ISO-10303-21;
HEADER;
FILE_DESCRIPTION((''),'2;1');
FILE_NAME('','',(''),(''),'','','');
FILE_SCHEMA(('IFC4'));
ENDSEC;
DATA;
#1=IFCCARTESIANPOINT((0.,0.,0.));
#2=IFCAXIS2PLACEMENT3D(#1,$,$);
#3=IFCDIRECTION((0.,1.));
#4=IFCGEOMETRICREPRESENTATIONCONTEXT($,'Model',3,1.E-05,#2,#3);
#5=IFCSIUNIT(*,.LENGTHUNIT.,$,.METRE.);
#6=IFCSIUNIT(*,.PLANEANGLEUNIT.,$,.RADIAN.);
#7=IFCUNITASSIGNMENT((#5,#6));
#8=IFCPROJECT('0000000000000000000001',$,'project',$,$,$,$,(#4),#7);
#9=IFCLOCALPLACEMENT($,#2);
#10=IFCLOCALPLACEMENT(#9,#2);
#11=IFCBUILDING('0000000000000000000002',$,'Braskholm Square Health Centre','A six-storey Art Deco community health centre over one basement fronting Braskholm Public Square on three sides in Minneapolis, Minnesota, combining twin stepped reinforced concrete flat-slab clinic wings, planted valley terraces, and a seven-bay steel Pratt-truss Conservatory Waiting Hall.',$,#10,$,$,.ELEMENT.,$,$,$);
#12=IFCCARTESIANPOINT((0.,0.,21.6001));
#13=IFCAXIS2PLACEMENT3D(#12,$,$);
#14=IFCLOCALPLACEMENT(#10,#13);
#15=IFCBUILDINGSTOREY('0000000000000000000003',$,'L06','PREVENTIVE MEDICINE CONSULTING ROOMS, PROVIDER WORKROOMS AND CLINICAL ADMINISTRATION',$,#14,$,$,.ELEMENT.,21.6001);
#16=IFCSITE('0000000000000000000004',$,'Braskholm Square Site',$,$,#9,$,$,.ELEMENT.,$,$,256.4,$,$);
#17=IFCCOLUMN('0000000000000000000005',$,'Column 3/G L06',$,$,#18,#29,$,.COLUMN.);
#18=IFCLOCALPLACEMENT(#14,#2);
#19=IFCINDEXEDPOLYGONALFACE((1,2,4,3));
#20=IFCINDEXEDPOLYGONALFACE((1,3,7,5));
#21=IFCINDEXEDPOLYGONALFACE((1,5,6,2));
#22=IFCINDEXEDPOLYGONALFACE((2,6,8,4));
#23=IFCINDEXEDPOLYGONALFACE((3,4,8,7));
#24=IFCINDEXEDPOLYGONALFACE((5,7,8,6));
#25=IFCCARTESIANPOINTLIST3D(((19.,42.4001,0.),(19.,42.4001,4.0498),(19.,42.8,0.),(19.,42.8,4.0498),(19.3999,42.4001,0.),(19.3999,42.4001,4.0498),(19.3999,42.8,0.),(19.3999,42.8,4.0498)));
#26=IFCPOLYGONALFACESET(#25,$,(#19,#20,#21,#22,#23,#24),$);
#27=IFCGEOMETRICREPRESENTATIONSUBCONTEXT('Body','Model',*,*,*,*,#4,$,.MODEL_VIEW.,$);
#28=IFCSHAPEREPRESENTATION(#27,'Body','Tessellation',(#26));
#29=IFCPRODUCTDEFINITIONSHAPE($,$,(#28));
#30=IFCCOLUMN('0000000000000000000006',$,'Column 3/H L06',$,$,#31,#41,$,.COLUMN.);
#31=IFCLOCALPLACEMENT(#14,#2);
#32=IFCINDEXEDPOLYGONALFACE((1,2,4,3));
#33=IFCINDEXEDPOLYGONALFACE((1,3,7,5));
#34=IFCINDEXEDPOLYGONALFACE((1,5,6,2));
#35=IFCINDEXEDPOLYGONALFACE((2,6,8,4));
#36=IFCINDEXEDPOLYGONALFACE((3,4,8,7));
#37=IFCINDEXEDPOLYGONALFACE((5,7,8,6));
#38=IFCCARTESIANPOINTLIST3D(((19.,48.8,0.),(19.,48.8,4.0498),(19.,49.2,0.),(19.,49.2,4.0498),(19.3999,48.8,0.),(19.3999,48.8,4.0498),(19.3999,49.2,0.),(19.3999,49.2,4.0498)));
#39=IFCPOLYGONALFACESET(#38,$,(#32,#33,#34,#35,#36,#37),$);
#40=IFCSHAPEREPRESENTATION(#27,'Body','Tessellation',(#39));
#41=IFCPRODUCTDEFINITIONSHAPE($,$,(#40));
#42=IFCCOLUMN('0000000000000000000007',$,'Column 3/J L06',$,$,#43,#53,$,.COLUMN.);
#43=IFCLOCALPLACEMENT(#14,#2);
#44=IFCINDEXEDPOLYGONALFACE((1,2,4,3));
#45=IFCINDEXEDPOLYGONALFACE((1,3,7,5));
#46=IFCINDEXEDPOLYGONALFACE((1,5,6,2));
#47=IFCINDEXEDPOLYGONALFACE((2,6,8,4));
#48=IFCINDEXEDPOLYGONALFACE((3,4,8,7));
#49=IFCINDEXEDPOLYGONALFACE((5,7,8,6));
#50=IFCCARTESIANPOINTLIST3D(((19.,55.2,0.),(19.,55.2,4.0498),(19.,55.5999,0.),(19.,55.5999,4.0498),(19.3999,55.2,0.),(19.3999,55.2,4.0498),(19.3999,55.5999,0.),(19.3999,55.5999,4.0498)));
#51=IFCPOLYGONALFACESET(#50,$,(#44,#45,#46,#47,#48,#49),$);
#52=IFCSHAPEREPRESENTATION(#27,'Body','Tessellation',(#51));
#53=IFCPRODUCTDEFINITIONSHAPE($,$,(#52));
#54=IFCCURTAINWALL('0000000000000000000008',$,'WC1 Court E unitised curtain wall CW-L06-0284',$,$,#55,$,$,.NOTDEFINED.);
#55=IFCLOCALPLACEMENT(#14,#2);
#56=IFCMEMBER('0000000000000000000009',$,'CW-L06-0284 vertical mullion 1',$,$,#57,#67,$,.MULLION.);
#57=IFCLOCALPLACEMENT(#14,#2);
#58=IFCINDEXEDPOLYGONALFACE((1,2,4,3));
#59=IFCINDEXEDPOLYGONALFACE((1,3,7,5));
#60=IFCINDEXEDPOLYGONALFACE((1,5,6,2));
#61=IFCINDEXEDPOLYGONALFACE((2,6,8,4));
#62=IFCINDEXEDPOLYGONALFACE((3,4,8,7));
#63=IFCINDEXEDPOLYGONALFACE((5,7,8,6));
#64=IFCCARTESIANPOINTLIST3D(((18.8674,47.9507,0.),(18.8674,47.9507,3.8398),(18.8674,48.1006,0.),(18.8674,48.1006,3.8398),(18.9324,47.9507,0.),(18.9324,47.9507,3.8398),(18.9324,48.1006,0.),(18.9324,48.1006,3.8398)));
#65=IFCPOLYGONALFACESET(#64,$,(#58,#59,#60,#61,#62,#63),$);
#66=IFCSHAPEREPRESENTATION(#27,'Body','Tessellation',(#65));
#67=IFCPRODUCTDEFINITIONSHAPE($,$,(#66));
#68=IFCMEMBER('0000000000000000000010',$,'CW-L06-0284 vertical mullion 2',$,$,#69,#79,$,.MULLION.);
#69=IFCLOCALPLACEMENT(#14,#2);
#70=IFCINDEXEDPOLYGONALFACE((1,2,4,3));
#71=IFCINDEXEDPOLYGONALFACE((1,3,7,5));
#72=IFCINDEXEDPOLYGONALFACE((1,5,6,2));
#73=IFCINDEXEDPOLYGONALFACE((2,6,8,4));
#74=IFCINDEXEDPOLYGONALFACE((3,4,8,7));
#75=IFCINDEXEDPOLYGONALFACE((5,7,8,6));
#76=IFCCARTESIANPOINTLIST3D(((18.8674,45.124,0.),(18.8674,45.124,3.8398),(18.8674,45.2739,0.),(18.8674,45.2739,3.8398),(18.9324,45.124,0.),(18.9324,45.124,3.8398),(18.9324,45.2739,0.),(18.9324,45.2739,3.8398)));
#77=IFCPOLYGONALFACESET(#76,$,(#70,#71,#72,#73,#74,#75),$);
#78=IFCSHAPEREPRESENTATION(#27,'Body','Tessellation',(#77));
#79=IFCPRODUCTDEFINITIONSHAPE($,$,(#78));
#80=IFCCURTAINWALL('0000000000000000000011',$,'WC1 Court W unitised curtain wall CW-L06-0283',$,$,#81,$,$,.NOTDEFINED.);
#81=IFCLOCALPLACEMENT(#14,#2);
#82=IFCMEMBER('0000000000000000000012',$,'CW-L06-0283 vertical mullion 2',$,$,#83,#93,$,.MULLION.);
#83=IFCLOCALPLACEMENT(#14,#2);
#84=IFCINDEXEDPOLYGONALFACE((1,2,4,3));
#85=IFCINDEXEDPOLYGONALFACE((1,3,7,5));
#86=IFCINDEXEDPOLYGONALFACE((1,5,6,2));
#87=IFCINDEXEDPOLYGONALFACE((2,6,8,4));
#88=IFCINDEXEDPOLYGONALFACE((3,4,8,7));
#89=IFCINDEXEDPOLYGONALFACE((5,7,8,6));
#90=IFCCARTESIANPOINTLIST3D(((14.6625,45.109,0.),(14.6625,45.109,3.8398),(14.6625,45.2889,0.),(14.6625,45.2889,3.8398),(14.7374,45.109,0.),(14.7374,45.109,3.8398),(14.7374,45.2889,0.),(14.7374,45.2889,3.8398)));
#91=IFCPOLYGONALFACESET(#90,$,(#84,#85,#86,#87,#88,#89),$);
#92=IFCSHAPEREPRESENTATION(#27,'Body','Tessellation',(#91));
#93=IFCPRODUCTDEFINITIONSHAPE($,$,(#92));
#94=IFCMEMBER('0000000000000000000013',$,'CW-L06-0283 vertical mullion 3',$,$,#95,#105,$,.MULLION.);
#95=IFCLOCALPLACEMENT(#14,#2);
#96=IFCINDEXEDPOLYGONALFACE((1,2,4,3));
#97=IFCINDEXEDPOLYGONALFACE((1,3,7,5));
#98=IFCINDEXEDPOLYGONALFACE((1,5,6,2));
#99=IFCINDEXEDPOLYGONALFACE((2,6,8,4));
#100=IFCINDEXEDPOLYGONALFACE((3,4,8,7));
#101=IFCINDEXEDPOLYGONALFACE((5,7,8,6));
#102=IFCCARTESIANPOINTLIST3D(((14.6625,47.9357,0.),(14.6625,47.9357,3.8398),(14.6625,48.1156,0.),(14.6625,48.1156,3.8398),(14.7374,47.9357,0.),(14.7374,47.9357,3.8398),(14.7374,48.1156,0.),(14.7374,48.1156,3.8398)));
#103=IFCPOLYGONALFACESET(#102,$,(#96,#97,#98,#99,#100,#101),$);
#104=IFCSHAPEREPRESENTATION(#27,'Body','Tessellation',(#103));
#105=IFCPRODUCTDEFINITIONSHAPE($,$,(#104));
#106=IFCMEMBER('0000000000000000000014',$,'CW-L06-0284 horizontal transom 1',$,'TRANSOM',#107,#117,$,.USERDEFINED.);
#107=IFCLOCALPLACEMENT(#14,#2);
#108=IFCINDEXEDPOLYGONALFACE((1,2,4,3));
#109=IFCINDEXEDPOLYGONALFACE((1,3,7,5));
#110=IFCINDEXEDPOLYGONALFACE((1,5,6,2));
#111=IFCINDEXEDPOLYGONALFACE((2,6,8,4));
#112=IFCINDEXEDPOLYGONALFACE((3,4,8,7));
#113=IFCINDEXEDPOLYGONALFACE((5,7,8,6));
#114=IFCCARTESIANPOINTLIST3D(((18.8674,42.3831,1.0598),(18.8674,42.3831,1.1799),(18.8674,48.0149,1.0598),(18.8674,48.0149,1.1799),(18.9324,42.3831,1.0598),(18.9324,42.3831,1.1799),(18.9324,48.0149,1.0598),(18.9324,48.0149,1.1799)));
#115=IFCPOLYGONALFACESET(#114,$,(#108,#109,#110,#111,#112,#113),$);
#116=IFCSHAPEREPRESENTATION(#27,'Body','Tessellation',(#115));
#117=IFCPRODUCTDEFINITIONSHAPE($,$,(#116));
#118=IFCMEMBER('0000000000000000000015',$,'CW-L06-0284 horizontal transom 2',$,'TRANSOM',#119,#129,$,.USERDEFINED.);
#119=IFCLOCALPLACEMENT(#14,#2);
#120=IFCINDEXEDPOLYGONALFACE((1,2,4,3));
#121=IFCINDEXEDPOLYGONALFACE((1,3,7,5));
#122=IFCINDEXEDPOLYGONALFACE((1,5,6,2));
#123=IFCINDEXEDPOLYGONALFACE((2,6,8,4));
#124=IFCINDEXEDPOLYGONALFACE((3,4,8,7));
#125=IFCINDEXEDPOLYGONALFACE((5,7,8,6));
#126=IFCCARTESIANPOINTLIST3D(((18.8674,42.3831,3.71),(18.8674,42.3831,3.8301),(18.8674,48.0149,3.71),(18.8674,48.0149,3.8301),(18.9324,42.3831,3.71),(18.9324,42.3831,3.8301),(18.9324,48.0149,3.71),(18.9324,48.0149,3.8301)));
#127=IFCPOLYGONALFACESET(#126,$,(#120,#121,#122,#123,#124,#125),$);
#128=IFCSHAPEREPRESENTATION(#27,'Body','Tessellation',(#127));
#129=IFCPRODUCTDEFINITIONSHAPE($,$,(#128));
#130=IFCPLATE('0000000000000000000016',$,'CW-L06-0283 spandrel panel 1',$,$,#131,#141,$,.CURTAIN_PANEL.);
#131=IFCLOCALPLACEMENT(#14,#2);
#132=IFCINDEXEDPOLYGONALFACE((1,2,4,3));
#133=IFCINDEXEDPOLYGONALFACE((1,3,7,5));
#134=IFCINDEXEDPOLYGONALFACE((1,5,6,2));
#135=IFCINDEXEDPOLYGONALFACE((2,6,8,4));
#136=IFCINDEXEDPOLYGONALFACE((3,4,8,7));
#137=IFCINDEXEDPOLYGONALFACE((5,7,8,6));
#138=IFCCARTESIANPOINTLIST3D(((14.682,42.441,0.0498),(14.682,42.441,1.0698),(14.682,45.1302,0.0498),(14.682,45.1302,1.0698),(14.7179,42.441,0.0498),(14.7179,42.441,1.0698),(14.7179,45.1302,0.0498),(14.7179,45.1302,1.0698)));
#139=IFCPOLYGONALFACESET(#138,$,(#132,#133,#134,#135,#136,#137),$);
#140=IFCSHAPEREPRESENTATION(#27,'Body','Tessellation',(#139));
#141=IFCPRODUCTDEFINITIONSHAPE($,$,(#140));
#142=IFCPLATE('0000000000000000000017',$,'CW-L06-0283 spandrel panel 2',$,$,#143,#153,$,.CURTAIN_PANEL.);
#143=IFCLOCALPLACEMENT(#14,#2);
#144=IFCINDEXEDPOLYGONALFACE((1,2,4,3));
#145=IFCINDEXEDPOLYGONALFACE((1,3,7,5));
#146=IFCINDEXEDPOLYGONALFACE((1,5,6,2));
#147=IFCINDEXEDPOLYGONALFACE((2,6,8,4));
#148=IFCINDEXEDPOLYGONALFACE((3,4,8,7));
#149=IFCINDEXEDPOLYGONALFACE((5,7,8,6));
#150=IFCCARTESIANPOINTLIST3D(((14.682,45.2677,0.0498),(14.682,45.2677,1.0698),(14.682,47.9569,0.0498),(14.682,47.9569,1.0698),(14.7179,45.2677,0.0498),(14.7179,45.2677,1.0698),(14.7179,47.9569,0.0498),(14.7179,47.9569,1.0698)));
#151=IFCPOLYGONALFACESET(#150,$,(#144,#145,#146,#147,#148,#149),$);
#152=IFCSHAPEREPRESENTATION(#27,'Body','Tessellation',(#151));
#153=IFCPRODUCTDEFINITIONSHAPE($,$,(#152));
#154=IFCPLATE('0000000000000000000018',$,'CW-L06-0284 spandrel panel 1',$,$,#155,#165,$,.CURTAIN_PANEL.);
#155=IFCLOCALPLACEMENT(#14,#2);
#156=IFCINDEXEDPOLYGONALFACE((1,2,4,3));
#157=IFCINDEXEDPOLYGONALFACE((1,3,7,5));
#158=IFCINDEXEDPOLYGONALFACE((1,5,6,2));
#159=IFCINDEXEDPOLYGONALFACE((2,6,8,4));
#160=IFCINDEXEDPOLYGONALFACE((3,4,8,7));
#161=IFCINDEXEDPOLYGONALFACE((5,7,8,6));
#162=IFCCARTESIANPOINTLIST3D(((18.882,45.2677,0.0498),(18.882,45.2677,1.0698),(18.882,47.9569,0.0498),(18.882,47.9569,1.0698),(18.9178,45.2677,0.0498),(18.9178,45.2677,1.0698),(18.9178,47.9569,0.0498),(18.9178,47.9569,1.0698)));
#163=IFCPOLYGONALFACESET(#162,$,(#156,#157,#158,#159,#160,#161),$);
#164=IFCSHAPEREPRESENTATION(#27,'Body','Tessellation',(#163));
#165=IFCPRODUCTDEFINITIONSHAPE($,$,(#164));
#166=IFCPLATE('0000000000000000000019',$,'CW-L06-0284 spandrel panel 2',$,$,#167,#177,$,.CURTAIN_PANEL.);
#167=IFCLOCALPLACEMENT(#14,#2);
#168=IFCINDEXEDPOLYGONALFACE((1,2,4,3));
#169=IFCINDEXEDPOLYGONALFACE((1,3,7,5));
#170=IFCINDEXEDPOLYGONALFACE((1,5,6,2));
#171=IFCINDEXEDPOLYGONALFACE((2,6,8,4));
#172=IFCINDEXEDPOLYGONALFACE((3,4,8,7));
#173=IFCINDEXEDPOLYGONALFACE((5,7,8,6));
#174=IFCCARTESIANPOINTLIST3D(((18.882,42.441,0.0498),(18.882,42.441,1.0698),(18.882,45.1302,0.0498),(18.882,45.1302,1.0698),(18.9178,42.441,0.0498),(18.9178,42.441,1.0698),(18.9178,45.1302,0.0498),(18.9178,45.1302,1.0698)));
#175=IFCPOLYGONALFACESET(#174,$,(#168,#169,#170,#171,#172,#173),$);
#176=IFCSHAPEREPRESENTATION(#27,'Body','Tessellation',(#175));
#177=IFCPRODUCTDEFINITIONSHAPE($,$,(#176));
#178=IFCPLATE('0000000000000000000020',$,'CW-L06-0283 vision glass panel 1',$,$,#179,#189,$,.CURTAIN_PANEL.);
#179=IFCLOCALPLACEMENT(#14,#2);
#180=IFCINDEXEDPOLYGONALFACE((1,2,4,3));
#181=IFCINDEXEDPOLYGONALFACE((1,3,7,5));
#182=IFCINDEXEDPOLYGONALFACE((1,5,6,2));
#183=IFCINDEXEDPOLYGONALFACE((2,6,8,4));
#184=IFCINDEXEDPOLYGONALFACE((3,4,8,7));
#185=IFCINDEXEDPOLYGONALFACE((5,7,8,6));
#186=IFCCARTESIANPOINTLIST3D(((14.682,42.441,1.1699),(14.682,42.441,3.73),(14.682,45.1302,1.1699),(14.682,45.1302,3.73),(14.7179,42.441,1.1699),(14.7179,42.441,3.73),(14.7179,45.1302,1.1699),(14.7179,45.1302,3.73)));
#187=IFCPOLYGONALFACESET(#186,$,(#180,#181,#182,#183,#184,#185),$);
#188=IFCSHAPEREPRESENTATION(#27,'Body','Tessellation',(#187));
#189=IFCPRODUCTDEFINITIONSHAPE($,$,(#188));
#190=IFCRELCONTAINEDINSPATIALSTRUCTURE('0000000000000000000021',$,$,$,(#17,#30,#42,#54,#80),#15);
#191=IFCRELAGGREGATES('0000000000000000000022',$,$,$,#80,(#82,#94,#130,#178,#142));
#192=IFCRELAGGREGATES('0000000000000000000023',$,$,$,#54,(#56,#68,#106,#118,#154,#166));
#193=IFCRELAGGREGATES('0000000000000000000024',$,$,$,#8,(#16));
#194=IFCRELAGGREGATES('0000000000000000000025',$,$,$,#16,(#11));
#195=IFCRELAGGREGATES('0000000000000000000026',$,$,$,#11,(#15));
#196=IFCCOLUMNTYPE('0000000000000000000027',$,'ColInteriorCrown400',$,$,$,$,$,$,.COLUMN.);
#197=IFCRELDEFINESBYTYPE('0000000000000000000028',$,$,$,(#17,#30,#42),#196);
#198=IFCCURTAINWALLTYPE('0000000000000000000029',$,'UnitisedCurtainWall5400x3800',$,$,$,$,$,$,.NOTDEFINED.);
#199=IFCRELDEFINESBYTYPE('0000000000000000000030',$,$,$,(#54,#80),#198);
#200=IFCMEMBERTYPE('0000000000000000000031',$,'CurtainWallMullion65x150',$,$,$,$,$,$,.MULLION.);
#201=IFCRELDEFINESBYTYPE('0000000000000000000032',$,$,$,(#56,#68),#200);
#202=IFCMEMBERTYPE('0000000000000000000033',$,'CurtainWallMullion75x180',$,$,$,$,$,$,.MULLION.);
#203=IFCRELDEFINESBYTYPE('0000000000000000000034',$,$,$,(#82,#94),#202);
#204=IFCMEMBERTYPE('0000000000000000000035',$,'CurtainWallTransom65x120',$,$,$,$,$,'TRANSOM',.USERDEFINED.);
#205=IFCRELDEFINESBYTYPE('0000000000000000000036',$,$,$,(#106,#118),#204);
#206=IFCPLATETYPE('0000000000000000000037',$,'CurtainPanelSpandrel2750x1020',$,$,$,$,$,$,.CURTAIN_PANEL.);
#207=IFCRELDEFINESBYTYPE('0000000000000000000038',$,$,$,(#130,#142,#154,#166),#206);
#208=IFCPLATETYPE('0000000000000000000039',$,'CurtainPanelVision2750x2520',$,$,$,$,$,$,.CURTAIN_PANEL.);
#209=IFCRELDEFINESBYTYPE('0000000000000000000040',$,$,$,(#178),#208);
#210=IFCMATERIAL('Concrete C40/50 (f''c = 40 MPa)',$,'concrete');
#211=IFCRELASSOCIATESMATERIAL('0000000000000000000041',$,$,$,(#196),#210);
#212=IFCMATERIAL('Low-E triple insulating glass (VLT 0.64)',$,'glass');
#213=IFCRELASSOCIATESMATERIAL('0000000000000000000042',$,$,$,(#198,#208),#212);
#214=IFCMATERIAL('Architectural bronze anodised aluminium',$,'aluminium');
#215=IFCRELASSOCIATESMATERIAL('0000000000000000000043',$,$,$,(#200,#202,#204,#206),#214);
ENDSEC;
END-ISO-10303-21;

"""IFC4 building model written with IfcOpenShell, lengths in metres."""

from ifc_helpers import new_model, si_unit, direction, frame, origin, origin_2d, place, context, subcontext, project, spatial, rectangle, extrude, material, material_profile, profile_set, type_object, element, aggregate, save


model = new_model("IFC4")

# Units and contexts
model_context = context("Model", 3, precision=1e-05, world=origin(), true_north=direction((0.0, 1.0)))
body_context = subcontext(model_context, "Body", "Model", "MODEL_VIEW")
ifc_project = project(units=[si_unit("LENGTHUNIT", "METRE"), si_unit("PLANEANGLEUNIT", "RADIAN")], contexts=[model_context])

# Site, building, storey
site_placement = place(None, origin())
site = spatial("IfcSite", under=ifc_project, at=site_placement, Name="Braskholm Square Site", CompositionType="ELEMENT", RefElevation=256.4)
building_placement = place(site_placement, origin())
building = spatial("IfcBuilding", under=site, at=building_placement, Name="Braskholm Square Health Centre", Description="A six-storey Art Deco community health centre over one basement fronting Braskholm Public Square on three sides in Minneapolis, Minnesota, combining twin stepped reinforced concrete flat-slab clinic wings, planted valley terraces, and a seven-bay steel Pratt-truss Conservatory Waiting Hall.", CompositionType="ELEMENT")
storey_placement = place(building_placement, frame((0.0, 0.0, 21.6001)))
storey = spatial("IfcBuildingStorey", under=building, at=storey_placement, Name="L06", Description="PREVENTIVE MEDICINE CONSULTING ROOMS, PROVIDER WORKROOMS AND CLINICAL ADMINISTRATION", CompositionType="ELEMENT", Elevation=21.6001)

# Columns
ifc_material_1 = material(Name="Concrete C40/50 (f'c = 40 MPa)", Category="concrete")
ifc_material_profile_1 = material_profile(ifc_material_1, rectangle(XDim=0.3999, YDim=0.3999, at=origin_2d()), Name="RC-400X400")
ifc_profile_set_1 = profile_set([ifc_material_profile_1], Name="Concrete C40/50 (f'c = 40 MPa)")
column_type = type_object("IfcColumnType", Name="ColInteriorCrown400", PredefinedType="COLUMN", material=ifc_profile_set_1)
for number, where, z_axis, x_axis, name in (
    (1, (19.2, 42.6001, 0.0), (0.0, 0.0, 1.0), (1.0, 0.0, 0.0), "Column 3/G L06"),
    (2, (19.2, 49.0, 0.0), (0.0, 0.0, 1.0), (1.0, 0.0, 0.0), "Column 3/H L06"),
    (3, (19.2, 55.3999, 0.0), (0.0, 0.0, 1.0), (1.0, 0.0, 0.0), "Column 3/J L06"),
):
    element("IfcColumn", number, at=place(storey_placement, frame(where, z_axis=z_axis, x_axis=x_axis)), inside=storey, type_object=column_type, Name=name, PredefinedType="COLUMN", context=body_context, shape_type="SweptSolid", body=[
        extrude(rectangle(XDim=0.3999, YDim=0.3999, at=origin_2d()), origin(), (0.0, 0.0, 1.0), 4.0498),
    ])

# Curtain walls, members
ifc_material_2 = material(Name="Low-E triple insulating glass (VLT 0.64)", Category="glass")
curtain_wall_type = type_object("IfcCurtainWallType", Name="UnitisedCurtainWall5400x3800", PredefinedType="NOTDEFINED", material=ifc_material_2)
curtain_wall_1_placement = place(storey_placement, origin())
curtain_wall_1 = element("IfcCurtainWall", 4, at=curtain_wall_1_placement, inside=storey, type_object=curtain_wall_type, Name="WC1 Court E unitised curtain wall CW-L06-0284", PredefinedType="NOTDEFINED")
ifc_material_3 = material(Name="Architectural bronze anodised aluminium", Category="aluminium")
ifc_material_profile_2 = material_profile(ifc_material_3, rectangle(XDim=0.0649, YDim=0.1499, at=origin_2d()), Name="ALU-65X150")
ifc_profile_set_2 = profile_set([ifc_material_profile_2], Name="Architectural bronze anodised aluminium")
member_type_1 = type_object("IfcMemberType", Name="CurtainWallMullion65x150", PredefinedType="MULLION", material=ifc_profile_set_2)
member_1_placement = place(storey_placement, frame((18.8999, 48.0256, 0.0), z_axis=(0.0, 0.0, 1.0), x_axis=(1.0, 0.0, 0.0)))
member_1 = element("IfcMember", 5, at=member_1_placement, type_object=member_type_1, Name="CW-L06-0284 vertical mullion 1", PredefinedType="MULLION", context=body_context, shape_type="SweptSolid", body=[
    extrude(rectangle(XDim=0.0649, YDim=0.1499, at=origin_2d()), origin(), (0.0, 0.0, 1.0), 3.8398),
])
member_2_placement = place(storey_placement, frame((18.8999, 45.199, 0.0), z_axis=(0.0, 0.0, 1.0), x_axis=(1.0, 0.0, 0.0)))
member_2 = element("IfcMember", 6, at=member_2_placement, type_object=member_type_1, Name="CW-L06-0284 vertical mullion 2", PredefinedType="MULLION", context=body_context, shape_type="SweptSolid", body=[
    extrude(rectangle(XDim=0.0649, YDim=0.1499, at=origin_2d()), origin(), (0.0, 0.0, 1.0), 3.8398),
])
curtain_wall_2_placement = place(storey_placement, origin())
curtain_wall_2 = element("IfcCurtainWall", 7, at=curtain_wall_2_placement, inside=storey, type_object=curtain_wall_type, Name="WC1 Court W unitised curtain wall CW-L06-0283", PredefinedType="NOTDEFINED")
ifc_material_profile_3 = material_profile(ifc_material_3, rectangle(XDim=0.075, YDim=0.1799, at=origin_2d()), Name="ALU-75X180")
ifc_profile_set_3 = profile_set([ifc_material_profile_3], Name="Architectural bronze anodised aluminium")
member_type_2 = type_object("IfcMemberType", Name="CurtainWallMullion75x180", PredefinedType="MULLION", material=ifc_profile_set_3)
member_3_placement = place(storey_placement, frame((14.7, 45.199, 0.0), z_axis=(0.0, 0.0, 1.0), x_axis=(1.0, 0.0, 0.0)))
member_3 = element("IfcMember", 8, at=member_3_placement, type_object=member_type_2, Name="CW-L06-0283 vertical mullion 2", PredefinedType="MULLION", context=body_context, shape_type="SweptSolid", body=[
    extrude(rectangle(XDim=0.075, YDim=0.1799, at=origin_2d()), origin(), (0.0, 0.0, 1.0), 3.8398),
])
member_4_placement = place(storey_placement, frame((14.7, 48.0256, 0.0), z_axis=(0.0, 0.0, 1.0), x_axis=(1.0, 0.0, 0.0)))
member_4 = element("IfcMember", 9, at=member_4_placement, type_object=member_type_2, Name="CW-L06-0283 vertical mullion 3", PredefinedType="MULLION", context=body_context, shape_type="SweptSolid", body=[
    extrude(rectangle(XDim=0.075, YDim=0.1799, at=origin_2d()), origin(), (0.0, 0.0, 1.0), 3.8398),
])

# Members
ifc_material_profile_4 = material_profile(ifc_material_3, rectangle(XDim=0.0649, YDim=0.1201, at=origin_2d()), Name="ALU-65X120")
ifc_profile_set_4 = profile_set([ifc_material_profile_4], Name="Architectural bronze anodised aluminium")
member_type_3 = type_object("IfcMemberType", Name="CurtainWallTransom65x120", ElementType="TRANSOM", PredefinedType="USERDEFINED", material=ifc_profile_set_4)
member_5_placement = place(storey_placement, frame((18.8999, 48.0149, 1.1199), z_axis=(0.0, -1.0, 0.0), x_axis=(1.0, 0.0, 0.0)))
member_5 = element("IfcMember", 10, at=member_5_placement, type_object=member_type_3, Name="CW-L06-0284 horizontal transom 1", ObjectType="TRANSOM", PredefinedType="USERDEFINED", context=body_context, shape_type="SweptSolid", body=[
    extrude(rectangle(XDim=0.0649, YDim=0.1201, at=origin_2d()), origin(), (0.0, 0.0, 1.0), 5.6318),
])
member_6_placement = place(storey_placement, frame((18.8999, 48.0149, 3.77), z_axis=(0.0, -1.0, 0.0), x_axis=(1.0, 0.0, 0.0)))
member_6 = element("IfcMember", 11, at=member_6_placement, type_object=member_type_3, Name="CW-L06-0284 horizontal transom 2", ObjectType="TRANSOM", PredefinedType="USERDEFINED", context=body_context, shape_type="SweptSolid", body=[
    extrude(rectangle(XDim=0.0649, YDim=0.1201, at=origin_2d()), origin(), (0.0, 0.0, 1.0), 5.6318),
])

# Plates
plate_type_1 = type_object("IfcPlateType", Name="CurtainPanelSpandrel2750x1020", PredefinedType="CURTAIN_PANEL", material=ifc_material_3)
plate_1_placement = place(storey_placement, frame((14.7, 43.7856, 0.0498), z_axis=(0.0, 0.0, 1.0), x_axis=(0.0, 1.0, 0.0)))
plate_1 = element("IfcPlate", 12, at=plate_1_placement, type_object=plate_type_1, Name="CW-L06-0283 spandrel panel 1", PredefinedType="CURTAIN_PANEL", context=body_context, shape_type="SweptSolid", body=[
    extrude(rectangle(XDim=2.6892, YDim=0.0359, at=origin_2d()), origin(), (0.0, 0.0, 1.0), 1.02),
])
plate_2_placement = place(storey_placement, frame((14.7, 46.6123, 0.0498), z_axis=(0.0, 0.0, 1.0), x_axis=(0.0, 1.0, 0.0)))
plate_2 = element("IfcPlate", 13, at=plate_2_placement, type_object=plate_type_1, Name="CW-L06-0283 spandrel panel 2", PredefinedType="CURTAIN_PANEL", context=body_context, shape_type="SweptSolid", body=[
    extrude(rectangle(XDim=2.6892, YDim=0.0359, at=origin_2d()), origin(), (0.0, 0.0, 1.0), 1.02),
])
plate_3_placement = place(storey_placement, frame((18.8999, 46.6123, 0.0498), z_axis=(0.0, 0.0, 1.0), x_axis=(0.0, -1.0, 0.0)))
plate_3 = element("IfcPlate", 14, at=plate_3_placement, type_object=plate_type_1, Name="CW-L06-0284 spandrel panel 1", PredefinedType="CURTAIN_PANEL", context=body_context, shape_type="SweptSolid", body=[
    extrude(rectangle(XDim=2.6892, YDim=0.0359, at=origin_2d()), origin(), (0.0, 0.0, 1.0), 1.02),
])
plate_4_placement = place(storey_placement, frame((18.8999, 43.7856, 0.0498), z_axis=(0.0, 0.0, 1.0), x_axis=(0.0, -1.0, 0.0)))
plate_4 = element("IfcPlate", 15, at=plate_4_placement, type_object=plate_type_1, Name="CW-L06-0284 spandrel panel 2", PredefinedType="CURTAIN_PANEL", context=body_context, shape_type="SweptSolid", body=[
    extrude(rectangle(XDim=2.6892, YDim=0.0359, at=origin_2d()), origin(), (0.0, 0.0, 1.0), 1.02),
])
plate_type_2 = type_object("IfcPlateType", Name="CurtainPanelVision2750x2520", PredefinedType="CURTAIN_PANEL", material=ifc_material_2)
plate_5_placement = place(storey_placement, frame((14.7, 43.7856, 1.1699), z_axis=(0.0, 0.0, 1.0), x_axis=(0.0, 1.0, 0.0)))
plate_5 = element("IfcPlate", 16, at=plate_5_placement, type_object=plate_type_2, Name="CW-L06-0283 vision glass panel 1", PredefinedType="CURTAIN_PANEL", context=body_context, shape_type="SweptSolid", body=[
    extrude(rectangle(XDim=2.6892, YDim=0.0359, at=origin_2d()), origin(), (0.0, 0.0, 1.0), 2.5601),
])
aggregate(curtain_wall_2, [member_3, member_4, plate_1, plate_5, plate_2])
aggregate(curtain_wall_1, [member_1, member_2, member_5, member_6, plate_3, plate_4])

save(model, "model.ifc")
